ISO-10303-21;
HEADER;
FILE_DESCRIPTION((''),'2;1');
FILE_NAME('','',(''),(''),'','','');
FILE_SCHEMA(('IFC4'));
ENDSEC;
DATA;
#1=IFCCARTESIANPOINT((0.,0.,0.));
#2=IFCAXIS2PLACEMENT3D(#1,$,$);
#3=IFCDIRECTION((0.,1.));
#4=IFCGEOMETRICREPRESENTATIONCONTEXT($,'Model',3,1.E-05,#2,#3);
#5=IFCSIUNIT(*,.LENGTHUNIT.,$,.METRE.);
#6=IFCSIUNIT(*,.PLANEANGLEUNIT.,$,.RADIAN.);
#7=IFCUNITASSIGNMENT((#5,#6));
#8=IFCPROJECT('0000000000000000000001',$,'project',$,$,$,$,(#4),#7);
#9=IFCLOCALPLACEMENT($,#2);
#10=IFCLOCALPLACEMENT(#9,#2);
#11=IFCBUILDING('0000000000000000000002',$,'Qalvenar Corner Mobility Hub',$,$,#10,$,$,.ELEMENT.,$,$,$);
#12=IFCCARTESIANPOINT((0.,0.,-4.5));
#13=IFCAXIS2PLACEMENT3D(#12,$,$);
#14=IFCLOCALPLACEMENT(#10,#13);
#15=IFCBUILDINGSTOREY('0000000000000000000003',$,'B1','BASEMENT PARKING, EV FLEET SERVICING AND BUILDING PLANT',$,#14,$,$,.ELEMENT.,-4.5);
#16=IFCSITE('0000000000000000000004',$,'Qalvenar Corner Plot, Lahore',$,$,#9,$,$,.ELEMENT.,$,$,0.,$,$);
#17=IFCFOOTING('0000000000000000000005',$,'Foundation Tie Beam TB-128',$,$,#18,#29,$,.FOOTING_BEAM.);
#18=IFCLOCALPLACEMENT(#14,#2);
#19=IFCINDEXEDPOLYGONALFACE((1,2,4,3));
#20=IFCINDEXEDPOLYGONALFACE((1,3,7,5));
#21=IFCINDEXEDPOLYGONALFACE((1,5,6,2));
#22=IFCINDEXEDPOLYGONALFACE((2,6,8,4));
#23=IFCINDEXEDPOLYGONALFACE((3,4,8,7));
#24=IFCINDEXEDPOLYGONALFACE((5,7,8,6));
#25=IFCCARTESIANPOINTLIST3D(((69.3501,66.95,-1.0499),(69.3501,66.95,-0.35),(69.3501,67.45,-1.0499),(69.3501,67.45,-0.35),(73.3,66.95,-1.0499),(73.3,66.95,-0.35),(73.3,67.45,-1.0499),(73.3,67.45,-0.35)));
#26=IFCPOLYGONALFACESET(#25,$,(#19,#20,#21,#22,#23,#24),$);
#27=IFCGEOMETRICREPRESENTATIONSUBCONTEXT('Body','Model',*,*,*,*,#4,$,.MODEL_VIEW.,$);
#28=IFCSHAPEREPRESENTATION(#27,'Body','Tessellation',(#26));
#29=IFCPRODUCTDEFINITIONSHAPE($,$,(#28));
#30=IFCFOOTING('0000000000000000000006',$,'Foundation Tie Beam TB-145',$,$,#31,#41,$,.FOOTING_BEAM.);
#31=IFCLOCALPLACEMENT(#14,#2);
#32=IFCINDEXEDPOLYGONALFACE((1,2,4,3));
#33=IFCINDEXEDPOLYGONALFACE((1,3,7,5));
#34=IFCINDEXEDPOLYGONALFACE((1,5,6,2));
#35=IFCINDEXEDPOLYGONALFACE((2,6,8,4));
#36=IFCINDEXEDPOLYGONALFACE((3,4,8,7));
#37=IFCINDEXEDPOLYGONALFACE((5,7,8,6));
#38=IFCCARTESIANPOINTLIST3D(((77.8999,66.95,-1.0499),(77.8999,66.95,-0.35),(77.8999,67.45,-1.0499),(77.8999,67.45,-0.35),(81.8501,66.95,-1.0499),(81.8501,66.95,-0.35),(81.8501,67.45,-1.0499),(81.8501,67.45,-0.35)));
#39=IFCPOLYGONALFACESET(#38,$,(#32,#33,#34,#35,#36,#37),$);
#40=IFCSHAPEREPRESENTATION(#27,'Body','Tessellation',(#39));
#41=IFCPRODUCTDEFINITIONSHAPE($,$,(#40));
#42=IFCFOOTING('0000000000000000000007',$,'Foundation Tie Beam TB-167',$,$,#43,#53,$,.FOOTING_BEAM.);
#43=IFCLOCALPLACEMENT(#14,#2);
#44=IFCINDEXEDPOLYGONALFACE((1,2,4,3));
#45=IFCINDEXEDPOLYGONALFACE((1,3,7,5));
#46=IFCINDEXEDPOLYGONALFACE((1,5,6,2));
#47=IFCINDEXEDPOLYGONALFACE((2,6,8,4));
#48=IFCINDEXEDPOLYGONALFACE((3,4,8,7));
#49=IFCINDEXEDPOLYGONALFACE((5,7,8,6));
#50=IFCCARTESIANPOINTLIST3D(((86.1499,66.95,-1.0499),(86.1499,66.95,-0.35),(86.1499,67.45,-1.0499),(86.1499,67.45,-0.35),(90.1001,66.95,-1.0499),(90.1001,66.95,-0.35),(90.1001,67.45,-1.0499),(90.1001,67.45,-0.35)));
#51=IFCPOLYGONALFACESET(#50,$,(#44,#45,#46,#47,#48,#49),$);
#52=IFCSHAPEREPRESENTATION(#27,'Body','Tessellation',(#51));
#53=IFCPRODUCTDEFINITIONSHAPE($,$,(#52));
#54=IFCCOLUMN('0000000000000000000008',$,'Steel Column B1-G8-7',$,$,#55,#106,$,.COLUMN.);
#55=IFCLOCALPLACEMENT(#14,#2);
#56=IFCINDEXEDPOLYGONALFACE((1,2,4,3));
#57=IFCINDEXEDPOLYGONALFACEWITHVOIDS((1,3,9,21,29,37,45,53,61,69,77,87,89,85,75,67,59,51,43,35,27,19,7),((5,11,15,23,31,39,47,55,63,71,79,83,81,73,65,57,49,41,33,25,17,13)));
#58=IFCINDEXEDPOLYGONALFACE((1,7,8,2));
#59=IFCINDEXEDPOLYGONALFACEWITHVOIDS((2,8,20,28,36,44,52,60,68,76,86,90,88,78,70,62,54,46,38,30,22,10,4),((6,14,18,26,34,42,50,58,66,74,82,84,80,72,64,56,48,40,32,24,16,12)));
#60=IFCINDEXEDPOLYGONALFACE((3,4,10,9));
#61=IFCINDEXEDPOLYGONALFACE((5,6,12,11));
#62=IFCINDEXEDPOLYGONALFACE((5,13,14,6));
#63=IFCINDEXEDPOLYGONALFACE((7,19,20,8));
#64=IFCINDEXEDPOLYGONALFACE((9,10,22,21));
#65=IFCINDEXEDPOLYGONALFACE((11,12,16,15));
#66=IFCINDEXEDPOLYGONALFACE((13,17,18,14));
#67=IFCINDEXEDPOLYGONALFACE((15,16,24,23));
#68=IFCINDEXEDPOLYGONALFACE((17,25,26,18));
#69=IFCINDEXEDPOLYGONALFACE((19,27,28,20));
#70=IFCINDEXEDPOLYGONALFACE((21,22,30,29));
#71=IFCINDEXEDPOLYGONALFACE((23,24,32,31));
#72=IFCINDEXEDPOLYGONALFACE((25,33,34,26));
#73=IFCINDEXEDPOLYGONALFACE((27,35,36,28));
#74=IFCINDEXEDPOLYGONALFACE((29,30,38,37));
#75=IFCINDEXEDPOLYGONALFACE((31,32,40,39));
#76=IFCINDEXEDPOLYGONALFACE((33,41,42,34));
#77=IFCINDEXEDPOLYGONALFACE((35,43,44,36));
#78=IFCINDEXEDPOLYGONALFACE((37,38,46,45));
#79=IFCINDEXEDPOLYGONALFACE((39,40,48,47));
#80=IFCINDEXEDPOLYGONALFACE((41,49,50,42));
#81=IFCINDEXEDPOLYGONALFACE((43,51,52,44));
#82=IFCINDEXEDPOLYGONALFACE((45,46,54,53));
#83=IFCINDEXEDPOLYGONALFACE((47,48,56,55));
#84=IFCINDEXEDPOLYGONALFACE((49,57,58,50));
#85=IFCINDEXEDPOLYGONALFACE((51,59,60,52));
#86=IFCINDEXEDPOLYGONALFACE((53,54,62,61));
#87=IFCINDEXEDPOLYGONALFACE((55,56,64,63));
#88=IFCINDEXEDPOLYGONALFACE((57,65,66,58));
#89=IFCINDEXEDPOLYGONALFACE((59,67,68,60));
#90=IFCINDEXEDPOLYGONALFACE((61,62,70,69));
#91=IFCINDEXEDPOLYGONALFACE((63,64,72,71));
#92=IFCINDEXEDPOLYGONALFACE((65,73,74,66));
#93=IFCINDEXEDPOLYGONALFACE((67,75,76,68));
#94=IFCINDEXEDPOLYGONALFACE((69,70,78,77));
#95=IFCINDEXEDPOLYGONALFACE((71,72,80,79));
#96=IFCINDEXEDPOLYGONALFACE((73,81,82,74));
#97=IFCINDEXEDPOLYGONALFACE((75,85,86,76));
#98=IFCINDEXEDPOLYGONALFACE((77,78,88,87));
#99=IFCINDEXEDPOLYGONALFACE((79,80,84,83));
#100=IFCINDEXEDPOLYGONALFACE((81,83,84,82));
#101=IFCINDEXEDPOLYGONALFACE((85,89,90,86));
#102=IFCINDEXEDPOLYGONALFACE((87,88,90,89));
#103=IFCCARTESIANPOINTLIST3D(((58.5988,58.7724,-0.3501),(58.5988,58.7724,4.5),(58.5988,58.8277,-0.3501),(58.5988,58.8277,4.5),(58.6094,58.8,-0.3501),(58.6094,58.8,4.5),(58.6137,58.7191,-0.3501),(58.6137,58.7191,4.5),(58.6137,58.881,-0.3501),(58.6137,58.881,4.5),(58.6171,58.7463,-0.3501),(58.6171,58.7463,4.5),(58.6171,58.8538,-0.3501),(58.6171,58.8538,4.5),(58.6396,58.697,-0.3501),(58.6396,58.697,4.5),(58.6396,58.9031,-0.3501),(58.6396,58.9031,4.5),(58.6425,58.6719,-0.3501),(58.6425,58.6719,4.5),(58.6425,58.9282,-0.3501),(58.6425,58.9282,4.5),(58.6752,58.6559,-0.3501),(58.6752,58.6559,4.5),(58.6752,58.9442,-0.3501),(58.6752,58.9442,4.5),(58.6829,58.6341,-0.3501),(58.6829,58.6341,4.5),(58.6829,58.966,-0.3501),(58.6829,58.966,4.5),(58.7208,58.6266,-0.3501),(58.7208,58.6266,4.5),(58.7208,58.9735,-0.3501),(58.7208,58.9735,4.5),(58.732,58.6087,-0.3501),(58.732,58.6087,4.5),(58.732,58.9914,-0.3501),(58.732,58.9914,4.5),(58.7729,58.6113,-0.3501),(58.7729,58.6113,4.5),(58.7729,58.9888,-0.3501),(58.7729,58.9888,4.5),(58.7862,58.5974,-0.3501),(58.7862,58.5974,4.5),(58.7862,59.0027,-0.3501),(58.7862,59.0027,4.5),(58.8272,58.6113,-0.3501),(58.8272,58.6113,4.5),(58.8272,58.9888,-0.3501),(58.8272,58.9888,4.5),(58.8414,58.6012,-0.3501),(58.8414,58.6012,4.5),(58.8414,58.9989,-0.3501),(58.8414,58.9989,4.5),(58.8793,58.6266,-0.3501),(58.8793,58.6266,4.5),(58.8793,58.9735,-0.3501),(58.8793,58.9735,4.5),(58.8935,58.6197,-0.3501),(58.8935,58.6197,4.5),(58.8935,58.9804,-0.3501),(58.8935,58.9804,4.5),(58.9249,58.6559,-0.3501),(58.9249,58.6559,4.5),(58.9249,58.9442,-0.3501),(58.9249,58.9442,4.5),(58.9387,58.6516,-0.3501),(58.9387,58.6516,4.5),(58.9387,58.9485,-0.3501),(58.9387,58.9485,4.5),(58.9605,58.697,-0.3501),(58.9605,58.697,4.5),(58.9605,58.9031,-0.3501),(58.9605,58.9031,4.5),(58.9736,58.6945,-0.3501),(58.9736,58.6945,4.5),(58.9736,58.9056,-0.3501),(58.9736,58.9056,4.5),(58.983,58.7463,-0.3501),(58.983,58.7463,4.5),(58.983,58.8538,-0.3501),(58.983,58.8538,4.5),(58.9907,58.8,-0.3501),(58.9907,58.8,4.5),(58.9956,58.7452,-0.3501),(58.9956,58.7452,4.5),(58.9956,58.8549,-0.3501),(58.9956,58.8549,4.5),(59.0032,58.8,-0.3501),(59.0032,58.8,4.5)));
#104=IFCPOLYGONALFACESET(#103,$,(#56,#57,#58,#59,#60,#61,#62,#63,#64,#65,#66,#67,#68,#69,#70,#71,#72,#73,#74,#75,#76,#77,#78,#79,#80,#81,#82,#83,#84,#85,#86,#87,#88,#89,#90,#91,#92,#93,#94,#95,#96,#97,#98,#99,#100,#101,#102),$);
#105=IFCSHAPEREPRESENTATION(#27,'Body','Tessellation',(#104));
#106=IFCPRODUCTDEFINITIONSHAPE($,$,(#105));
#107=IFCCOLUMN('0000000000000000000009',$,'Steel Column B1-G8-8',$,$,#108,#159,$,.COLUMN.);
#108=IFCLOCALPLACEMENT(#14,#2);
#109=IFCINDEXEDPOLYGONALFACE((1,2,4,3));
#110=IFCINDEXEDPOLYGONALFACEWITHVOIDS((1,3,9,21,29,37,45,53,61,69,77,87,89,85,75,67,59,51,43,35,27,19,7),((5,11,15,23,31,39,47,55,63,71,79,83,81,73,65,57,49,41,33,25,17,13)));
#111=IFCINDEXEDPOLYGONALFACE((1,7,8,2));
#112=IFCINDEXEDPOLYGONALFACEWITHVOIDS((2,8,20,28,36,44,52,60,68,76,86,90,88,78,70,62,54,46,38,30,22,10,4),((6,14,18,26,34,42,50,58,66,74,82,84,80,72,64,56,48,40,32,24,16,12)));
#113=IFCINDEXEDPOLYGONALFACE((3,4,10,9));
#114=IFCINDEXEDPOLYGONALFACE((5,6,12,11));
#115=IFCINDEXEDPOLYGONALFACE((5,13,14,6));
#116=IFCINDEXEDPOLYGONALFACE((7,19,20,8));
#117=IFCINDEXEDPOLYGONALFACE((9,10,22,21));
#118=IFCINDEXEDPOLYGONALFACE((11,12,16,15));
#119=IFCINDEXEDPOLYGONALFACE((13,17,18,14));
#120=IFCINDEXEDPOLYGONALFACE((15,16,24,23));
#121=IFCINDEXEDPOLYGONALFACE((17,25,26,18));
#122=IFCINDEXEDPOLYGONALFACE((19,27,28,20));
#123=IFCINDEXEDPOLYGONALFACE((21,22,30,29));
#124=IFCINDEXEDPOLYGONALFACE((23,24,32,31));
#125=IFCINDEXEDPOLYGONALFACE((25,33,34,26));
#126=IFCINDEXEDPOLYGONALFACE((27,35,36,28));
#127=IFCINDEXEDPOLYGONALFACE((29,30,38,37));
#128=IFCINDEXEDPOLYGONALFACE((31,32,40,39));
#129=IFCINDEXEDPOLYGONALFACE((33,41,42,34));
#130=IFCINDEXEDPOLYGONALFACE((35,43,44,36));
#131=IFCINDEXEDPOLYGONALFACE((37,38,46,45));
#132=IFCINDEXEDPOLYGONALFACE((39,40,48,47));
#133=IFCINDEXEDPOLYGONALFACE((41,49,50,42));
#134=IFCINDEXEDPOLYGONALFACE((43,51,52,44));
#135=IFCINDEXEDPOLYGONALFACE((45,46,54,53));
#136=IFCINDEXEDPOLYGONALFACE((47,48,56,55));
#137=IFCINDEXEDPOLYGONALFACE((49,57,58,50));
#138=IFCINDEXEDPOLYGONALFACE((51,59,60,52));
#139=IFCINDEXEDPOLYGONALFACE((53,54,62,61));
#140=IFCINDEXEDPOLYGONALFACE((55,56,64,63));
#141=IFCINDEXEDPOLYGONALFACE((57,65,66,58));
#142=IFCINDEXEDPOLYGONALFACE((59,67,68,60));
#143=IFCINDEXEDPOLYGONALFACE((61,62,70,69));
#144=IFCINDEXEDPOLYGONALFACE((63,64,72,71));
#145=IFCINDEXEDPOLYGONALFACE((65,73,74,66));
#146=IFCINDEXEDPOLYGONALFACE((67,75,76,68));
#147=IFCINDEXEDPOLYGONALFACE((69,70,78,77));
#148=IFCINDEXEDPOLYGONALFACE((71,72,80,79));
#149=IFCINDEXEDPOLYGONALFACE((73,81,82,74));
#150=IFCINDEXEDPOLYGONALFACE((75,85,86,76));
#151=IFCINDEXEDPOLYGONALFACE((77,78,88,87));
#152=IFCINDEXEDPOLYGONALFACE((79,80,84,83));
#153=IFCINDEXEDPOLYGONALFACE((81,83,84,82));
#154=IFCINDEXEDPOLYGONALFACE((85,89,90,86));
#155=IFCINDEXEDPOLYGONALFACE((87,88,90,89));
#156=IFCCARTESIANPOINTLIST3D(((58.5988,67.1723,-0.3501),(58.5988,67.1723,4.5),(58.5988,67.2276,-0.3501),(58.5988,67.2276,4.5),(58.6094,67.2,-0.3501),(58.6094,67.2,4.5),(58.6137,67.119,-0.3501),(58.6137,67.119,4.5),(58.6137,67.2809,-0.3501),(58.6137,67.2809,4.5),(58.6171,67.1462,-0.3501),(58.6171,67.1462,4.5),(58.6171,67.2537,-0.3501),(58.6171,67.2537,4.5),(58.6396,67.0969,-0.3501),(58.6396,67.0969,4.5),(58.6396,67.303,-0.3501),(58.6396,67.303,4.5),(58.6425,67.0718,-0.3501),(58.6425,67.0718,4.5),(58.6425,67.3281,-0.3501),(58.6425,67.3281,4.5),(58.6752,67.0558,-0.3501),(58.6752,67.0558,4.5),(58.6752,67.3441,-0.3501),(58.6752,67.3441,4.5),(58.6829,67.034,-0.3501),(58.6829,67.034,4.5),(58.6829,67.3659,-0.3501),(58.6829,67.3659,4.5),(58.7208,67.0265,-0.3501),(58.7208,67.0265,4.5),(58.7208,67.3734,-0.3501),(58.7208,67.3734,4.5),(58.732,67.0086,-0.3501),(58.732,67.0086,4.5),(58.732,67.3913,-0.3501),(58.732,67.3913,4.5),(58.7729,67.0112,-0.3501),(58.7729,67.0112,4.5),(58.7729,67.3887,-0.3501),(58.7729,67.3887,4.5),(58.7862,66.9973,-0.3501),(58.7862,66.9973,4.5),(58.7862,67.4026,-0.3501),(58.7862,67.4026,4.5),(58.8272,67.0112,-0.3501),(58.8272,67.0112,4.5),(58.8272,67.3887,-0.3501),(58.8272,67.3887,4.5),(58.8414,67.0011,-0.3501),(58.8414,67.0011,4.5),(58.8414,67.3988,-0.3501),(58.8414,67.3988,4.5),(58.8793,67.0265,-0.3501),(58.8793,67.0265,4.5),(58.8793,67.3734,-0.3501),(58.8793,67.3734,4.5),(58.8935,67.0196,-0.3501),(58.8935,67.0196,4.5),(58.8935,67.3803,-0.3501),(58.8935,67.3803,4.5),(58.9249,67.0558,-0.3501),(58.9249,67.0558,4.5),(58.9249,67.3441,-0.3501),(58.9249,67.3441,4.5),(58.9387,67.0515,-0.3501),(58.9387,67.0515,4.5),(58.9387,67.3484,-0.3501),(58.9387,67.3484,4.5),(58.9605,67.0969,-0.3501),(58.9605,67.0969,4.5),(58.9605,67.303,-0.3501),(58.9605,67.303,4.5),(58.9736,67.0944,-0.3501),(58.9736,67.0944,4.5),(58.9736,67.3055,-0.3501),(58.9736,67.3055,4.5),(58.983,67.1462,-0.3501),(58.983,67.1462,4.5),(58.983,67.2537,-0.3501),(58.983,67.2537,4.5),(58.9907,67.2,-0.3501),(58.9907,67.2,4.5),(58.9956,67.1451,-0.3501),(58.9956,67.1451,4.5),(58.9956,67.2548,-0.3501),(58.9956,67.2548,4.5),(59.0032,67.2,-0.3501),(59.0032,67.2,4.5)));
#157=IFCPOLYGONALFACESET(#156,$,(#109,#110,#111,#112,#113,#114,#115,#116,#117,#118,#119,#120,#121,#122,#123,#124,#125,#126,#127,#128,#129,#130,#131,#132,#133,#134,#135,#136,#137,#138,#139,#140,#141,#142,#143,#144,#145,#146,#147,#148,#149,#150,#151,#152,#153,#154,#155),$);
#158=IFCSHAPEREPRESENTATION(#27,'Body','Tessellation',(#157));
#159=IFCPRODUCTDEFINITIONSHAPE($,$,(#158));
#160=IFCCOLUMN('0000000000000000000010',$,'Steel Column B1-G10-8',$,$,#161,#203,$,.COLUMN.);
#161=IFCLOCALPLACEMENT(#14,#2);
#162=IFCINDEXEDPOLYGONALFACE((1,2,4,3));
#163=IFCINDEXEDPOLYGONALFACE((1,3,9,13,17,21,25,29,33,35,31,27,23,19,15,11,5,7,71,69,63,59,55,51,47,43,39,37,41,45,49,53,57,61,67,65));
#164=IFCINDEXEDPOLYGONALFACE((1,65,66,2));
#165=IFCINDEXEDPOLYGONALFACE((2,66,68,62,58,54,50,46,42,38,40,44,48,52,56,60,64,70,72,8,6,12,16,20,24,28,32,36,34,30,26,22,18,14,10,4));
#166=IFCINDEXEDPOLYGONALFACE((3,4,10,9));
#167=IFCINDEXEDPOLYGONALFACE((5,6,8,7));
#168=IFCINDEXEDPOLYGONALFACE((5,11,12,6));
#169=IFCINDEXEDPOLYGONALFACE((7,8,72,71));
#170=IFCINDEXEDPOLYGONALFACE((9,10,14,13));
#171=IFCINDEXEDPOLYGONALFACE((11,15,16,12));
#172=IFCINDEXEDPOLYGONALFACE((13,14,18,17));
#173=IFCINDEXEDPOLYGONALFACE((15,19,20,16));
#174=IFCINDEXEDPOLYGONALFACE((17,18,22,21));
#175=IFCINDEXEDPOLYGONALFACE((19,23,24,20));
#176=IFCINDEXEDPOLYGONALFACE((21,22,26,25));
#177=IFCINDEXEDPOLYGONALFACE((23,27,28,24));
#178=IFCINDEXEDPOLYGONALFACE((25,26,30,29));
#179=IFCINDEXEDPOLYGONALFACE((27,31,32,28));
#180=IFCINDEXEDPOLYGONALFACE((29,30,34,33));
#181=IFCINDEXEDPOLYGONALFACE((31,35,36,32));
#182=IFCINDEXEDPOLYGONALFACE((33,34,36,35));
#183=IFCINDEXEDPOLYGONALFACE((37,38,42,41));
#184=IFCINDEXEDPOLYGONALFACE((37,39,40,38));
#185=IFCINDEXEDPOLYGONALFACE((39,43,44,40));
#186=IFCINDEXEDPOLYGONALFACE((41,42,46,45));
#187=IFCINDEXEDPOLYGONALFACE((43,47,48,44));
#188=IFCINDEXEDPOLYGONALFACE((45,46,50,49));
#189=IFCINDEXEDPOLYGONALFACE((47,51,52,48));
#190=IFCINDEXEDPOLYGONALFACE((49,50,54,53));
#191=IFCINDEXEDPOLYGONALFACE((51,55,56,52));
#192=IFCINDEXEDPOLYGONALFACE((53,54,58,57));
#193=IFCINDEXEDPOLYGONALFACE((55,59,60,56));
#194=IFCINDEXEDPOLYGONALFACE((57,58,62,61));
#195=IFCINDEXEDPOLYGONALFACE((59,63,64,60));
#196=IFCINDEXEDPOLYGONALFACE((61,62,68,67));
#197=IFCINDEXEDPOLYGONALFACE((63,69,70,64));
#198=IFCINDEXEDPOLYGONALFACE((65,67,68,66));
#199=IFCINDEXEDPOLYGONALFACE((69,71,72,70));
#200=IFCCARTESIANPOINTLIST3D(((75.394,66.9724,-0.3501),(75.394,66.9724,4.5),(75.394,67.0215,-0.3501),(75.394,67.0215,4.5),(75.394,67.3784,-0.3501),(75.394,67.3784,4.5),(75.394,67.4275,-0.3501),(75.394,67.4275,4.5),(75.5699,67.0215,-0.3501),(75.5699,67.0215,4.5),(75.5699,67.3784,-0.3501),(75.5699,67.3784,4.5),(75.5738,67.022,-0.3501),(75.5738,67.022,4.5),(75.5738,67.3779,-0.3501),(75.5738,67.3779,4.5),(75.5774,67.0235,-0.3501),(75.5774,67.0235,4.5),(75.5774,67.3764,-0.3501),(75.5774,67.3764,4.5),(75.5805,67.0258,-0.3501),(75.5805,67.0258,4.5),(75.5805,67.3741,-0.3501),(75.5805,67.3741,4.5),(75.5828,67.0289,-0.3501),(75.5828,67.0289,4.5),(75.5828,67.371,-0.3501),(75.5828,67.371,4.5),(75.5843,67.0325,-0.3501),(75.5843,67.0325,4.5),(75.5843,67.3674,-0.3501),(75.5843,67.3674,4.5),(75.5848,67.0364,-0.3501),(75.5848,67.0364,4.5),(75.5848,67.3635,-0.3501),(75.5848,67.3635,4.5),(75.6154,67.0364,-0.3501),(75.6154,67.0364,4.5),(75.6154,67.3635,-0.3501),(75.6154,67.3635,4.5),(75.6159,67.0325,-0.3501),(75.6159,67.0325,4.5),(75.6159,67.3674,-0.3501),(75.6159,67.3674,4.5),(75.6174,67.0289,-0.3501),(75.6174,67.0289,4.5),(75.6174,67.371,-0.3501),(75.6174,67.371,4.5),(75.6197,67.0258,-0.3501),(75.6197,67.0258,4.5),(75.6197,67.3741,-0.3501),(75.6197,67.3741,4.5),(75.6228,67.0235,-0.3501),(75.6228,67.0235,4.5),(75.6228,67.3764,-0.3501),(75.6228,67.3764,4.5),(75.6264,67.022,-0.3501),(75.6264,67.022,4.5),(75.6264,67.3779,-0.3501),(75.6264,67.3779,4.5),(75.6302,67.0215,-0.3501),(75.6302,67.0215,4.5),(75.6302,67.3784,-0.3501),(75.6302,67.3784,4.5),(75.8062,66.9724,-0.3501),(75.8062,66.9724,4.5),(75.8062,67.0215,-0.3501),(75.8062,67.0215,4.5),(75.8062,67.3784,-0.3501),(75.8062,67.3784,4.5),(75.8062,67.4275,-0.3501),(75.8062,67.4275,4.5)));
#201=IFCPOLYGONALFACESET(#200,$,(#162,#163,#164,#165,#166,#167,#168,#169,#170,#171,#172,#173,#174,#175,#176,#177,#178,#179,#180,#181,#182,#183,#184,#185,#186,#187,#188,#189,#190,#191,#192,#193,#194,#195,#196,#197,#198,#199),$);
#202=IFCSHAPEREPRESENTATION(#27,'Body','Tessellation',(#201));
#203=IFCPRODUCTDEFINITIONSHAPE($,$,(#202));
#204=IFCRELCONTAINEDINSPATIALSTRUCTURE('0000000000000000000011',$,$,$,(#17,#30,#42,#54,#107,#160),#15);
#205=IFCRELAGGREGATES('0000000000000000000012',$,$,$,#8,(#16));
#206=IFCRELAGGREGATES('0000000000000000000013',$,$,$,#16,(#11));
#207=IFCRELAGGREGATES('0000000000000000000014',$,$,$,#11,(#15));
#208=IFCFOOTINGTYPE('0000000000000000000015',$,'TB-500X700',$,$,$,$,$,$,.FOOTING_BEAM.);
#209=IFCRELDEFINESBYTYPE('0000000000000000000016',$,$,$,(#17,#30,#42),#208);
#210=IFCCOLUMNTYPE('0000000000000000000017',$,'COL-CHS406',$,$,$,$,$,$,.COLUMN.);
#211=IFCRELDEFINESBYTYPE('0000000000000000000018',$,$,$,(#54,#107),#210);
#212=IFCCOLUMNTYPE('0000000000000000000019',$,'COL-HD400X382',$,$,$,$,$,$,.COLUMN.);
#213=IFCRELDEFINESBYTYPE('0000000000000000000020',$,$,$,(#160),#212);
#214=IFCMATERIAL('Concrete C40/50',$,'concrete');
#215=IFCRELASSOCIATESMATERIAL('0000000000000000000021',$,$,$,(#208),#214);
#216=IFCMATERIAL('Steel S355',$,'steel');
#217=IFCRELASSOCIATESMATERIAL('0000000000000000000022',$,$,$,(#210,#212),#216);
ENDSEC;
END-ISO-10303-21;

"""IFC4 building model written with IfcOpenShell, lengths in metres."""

from ifc_helpers import new_model, si_unit, direction, frame, origin, origin_2d, place, context, subcontext, project, spatial, rectangle, hollow_circle, i_section, extrude, material, material_profile, profile_set, type_object, element, save


model = new_model("IFC4")

# Units and contexts
model_context = context("Model", 3, precision=1e-05, world=origin(), true_north=direction((0.0, 1.0)))
body_context = subcontext(model_context, "Body", "Model", "MODEL_VIEW")
ifc_project = project(units=[si_unit("LENGTHUNIT", "METRE"), si_unit("PLANEANGLEUNIT", "RADIAN")], contexts=[model_context])

# Site, building, storey
site_placement = place(None, origin())
site = spatial("IfcSite", under=ifc_project, at=site_placement, Name="Qalvenar Corner Plot, Lahore", CompositionType="ELEMENT", RefElevation=0.0)
building_placement = place(site_placement, origin())
building = spatial("IfcBuilding", under=site, at=building_placement, Name="Qalvenar Corner Mobility Hub", CompositionType="ELEMENT")
storey_placement = place(building_placement, frame((0.0, 0.0, -4.5)))
storey = spatial("IfcBuildingStorey", under=building, at=storey_placement, Name="B1", Description="BASEMENT PARKING, EV FLEET SERVICING AND BUILDING PLANT", CompositionType="ELEMENT", Elevation=-4.5)

# Shared definitions
ifc_material_1 = material(Name="Concrete C40/50", Category="concrete")

# Footings
ifc_material_profile_1 = material_profile(ifc_material_1, rectangle(XDim=0.5, YDim=0.7, at=origin_2d()), Name="RC500x700")
ifc_profile_set_1 = profile_set([ifc_material_profile_1], Name="Concrete C40/50")
footing_type_1 = type_object("IfcFootingType", Name="TB-500X700", PredefinedType="FOOTING_BEAM", material=ifc_profile_set_1)
footing_1_placement = place(storey_placement, frame((69.3501, 67.2, -0.7), z_axis=(1.0, 0.0, 0.0), x_axis=(0.0, 1.0, 0.0)))
element("IfcFooting", 1, at=footing_1_placement, inside=storey, type_object=footing_type_1, Name="Foundation Tie Beam TB-128", PredefinedType="FOOTING_BEAM", context=body_context, shape_type="SweptSolid", body=[
    extrude(rectangle(XDim=0.5, YDim=0.7, at=origin_2d()), origin(), (0.0, 0.0, 1.0), 3.95),
])
for number, where, z_axis, x_axis, name in (
    (2, (77.8999, 67.2, -0.7), (1.0, 0.0, 0.0), (0.0, 1.0, 0.0), "Foundation Tie Beam TB-145"),
    (3, (86.1499, 67.2, -0.7), (1.0, 0.0, 0.0), (0.0, 1.0, 0.0), "Foundation Tie Beam TB-167"),
):
    element("IfcFooting", number, at=place(storey_placement, frame(where, z_axis=z_axis, x_axis=x_axis)), inside=storey, type_object=footing_type_1, Name=name, PredefinedType="FOOTING_BEAM", context=body_context, shape_type="SweptSolid", body=[
        extrude(rectangle(XDim=0.5, YDim=0.7, at=origin_2d()), origin(), (0.0, 0.0, 1.0), 3.9502),
    ])

# Columns
ifc_material_2 = material(Name="Steel S355", Category="steel")
ifc_material_profile_2 = material_profile(ifc_material_2, hollow_circle(Radius=0.2031, WallThickness=0.0125, at=origin_2d()), Name="CHS406.4x12.5")
ifc_profile_set_2 = profile_set([ifc_material_profile_2], Name="Steel S355")
column_type_1 = type_object("IfcColumnType", Name="COL-CHS406", PredefinedType="COLUMN", material=ifc_profile_set_2)
for number, where, z_axis, x_axis, name in (
    (4, (58.8, 58.8, -0.3501), (0.0, 0.0, 1.0), (1.0, 0.0, 0.0), "Steel Column B1-G8-7"),
    (5, (58.8, 67.2, -0.3501), (0.0, 0.0, 1.0), (1.0, 0.0, 0.0), "Steel Column B1-G8-8"),
):
    element("IfcColumn", number, at=place(storey_placement, frame(where, z_axis=z_axis, x_axis=x_axis)), inside=storey, type_object=column_type_1, Name=name, PredefinedType="COLUMN", context=body_context, shape_type="SweptSolid", body=[
        extrude(hollow_circle(Radius=0.2031, WallThickness=0.0125, at=origin_2d()), origin(), (0.0, 0.0, 1.0), 4.8501),
    ])
ifc_material_profile_3 = material_profile(ifc_material_2, i_section(OverallWidth=0.4121, OverallDepth=0.4551, WebThickness=0.0305, FlangeThickness=0.0491, FilletRadius=0.0149, at=origin_2d()), Name="HD400x421")
ifc_profile_set_3 = profile_set([ifc_material_profile_3], Name="Steel S355")
column_type_2 = type_object("IfcColumnType", Name="COL-HD400X382", PredefinedType="COLUMN", material=ifc_profile_set_3)
column_placement = place(storey_placement, frame((75.6001, 67.2, -0.3501), z_axis=(0.0, 0.0, 1.0), x_axis=(1.0, 0.0, 0.0)))
element("IfcColumn", 6, at=column_placement, inside=storey, type_object=column_type_2, Name="Steel Column B1-G10-8", PredefinedType="COLUMN", context=body_context, shape_type="SweptSolid", body=[
    extrude(i_section(OverallWidth=0.4121, OverallDepth=0.4551, WebThickness=0.0305, FlangeThickness=0.0491, FilletRadius=0.0149, at=origin_2d()), origin(), (0.0, 0.0, 1.0), 4.8501),
])

save(model, "model.ifc")
